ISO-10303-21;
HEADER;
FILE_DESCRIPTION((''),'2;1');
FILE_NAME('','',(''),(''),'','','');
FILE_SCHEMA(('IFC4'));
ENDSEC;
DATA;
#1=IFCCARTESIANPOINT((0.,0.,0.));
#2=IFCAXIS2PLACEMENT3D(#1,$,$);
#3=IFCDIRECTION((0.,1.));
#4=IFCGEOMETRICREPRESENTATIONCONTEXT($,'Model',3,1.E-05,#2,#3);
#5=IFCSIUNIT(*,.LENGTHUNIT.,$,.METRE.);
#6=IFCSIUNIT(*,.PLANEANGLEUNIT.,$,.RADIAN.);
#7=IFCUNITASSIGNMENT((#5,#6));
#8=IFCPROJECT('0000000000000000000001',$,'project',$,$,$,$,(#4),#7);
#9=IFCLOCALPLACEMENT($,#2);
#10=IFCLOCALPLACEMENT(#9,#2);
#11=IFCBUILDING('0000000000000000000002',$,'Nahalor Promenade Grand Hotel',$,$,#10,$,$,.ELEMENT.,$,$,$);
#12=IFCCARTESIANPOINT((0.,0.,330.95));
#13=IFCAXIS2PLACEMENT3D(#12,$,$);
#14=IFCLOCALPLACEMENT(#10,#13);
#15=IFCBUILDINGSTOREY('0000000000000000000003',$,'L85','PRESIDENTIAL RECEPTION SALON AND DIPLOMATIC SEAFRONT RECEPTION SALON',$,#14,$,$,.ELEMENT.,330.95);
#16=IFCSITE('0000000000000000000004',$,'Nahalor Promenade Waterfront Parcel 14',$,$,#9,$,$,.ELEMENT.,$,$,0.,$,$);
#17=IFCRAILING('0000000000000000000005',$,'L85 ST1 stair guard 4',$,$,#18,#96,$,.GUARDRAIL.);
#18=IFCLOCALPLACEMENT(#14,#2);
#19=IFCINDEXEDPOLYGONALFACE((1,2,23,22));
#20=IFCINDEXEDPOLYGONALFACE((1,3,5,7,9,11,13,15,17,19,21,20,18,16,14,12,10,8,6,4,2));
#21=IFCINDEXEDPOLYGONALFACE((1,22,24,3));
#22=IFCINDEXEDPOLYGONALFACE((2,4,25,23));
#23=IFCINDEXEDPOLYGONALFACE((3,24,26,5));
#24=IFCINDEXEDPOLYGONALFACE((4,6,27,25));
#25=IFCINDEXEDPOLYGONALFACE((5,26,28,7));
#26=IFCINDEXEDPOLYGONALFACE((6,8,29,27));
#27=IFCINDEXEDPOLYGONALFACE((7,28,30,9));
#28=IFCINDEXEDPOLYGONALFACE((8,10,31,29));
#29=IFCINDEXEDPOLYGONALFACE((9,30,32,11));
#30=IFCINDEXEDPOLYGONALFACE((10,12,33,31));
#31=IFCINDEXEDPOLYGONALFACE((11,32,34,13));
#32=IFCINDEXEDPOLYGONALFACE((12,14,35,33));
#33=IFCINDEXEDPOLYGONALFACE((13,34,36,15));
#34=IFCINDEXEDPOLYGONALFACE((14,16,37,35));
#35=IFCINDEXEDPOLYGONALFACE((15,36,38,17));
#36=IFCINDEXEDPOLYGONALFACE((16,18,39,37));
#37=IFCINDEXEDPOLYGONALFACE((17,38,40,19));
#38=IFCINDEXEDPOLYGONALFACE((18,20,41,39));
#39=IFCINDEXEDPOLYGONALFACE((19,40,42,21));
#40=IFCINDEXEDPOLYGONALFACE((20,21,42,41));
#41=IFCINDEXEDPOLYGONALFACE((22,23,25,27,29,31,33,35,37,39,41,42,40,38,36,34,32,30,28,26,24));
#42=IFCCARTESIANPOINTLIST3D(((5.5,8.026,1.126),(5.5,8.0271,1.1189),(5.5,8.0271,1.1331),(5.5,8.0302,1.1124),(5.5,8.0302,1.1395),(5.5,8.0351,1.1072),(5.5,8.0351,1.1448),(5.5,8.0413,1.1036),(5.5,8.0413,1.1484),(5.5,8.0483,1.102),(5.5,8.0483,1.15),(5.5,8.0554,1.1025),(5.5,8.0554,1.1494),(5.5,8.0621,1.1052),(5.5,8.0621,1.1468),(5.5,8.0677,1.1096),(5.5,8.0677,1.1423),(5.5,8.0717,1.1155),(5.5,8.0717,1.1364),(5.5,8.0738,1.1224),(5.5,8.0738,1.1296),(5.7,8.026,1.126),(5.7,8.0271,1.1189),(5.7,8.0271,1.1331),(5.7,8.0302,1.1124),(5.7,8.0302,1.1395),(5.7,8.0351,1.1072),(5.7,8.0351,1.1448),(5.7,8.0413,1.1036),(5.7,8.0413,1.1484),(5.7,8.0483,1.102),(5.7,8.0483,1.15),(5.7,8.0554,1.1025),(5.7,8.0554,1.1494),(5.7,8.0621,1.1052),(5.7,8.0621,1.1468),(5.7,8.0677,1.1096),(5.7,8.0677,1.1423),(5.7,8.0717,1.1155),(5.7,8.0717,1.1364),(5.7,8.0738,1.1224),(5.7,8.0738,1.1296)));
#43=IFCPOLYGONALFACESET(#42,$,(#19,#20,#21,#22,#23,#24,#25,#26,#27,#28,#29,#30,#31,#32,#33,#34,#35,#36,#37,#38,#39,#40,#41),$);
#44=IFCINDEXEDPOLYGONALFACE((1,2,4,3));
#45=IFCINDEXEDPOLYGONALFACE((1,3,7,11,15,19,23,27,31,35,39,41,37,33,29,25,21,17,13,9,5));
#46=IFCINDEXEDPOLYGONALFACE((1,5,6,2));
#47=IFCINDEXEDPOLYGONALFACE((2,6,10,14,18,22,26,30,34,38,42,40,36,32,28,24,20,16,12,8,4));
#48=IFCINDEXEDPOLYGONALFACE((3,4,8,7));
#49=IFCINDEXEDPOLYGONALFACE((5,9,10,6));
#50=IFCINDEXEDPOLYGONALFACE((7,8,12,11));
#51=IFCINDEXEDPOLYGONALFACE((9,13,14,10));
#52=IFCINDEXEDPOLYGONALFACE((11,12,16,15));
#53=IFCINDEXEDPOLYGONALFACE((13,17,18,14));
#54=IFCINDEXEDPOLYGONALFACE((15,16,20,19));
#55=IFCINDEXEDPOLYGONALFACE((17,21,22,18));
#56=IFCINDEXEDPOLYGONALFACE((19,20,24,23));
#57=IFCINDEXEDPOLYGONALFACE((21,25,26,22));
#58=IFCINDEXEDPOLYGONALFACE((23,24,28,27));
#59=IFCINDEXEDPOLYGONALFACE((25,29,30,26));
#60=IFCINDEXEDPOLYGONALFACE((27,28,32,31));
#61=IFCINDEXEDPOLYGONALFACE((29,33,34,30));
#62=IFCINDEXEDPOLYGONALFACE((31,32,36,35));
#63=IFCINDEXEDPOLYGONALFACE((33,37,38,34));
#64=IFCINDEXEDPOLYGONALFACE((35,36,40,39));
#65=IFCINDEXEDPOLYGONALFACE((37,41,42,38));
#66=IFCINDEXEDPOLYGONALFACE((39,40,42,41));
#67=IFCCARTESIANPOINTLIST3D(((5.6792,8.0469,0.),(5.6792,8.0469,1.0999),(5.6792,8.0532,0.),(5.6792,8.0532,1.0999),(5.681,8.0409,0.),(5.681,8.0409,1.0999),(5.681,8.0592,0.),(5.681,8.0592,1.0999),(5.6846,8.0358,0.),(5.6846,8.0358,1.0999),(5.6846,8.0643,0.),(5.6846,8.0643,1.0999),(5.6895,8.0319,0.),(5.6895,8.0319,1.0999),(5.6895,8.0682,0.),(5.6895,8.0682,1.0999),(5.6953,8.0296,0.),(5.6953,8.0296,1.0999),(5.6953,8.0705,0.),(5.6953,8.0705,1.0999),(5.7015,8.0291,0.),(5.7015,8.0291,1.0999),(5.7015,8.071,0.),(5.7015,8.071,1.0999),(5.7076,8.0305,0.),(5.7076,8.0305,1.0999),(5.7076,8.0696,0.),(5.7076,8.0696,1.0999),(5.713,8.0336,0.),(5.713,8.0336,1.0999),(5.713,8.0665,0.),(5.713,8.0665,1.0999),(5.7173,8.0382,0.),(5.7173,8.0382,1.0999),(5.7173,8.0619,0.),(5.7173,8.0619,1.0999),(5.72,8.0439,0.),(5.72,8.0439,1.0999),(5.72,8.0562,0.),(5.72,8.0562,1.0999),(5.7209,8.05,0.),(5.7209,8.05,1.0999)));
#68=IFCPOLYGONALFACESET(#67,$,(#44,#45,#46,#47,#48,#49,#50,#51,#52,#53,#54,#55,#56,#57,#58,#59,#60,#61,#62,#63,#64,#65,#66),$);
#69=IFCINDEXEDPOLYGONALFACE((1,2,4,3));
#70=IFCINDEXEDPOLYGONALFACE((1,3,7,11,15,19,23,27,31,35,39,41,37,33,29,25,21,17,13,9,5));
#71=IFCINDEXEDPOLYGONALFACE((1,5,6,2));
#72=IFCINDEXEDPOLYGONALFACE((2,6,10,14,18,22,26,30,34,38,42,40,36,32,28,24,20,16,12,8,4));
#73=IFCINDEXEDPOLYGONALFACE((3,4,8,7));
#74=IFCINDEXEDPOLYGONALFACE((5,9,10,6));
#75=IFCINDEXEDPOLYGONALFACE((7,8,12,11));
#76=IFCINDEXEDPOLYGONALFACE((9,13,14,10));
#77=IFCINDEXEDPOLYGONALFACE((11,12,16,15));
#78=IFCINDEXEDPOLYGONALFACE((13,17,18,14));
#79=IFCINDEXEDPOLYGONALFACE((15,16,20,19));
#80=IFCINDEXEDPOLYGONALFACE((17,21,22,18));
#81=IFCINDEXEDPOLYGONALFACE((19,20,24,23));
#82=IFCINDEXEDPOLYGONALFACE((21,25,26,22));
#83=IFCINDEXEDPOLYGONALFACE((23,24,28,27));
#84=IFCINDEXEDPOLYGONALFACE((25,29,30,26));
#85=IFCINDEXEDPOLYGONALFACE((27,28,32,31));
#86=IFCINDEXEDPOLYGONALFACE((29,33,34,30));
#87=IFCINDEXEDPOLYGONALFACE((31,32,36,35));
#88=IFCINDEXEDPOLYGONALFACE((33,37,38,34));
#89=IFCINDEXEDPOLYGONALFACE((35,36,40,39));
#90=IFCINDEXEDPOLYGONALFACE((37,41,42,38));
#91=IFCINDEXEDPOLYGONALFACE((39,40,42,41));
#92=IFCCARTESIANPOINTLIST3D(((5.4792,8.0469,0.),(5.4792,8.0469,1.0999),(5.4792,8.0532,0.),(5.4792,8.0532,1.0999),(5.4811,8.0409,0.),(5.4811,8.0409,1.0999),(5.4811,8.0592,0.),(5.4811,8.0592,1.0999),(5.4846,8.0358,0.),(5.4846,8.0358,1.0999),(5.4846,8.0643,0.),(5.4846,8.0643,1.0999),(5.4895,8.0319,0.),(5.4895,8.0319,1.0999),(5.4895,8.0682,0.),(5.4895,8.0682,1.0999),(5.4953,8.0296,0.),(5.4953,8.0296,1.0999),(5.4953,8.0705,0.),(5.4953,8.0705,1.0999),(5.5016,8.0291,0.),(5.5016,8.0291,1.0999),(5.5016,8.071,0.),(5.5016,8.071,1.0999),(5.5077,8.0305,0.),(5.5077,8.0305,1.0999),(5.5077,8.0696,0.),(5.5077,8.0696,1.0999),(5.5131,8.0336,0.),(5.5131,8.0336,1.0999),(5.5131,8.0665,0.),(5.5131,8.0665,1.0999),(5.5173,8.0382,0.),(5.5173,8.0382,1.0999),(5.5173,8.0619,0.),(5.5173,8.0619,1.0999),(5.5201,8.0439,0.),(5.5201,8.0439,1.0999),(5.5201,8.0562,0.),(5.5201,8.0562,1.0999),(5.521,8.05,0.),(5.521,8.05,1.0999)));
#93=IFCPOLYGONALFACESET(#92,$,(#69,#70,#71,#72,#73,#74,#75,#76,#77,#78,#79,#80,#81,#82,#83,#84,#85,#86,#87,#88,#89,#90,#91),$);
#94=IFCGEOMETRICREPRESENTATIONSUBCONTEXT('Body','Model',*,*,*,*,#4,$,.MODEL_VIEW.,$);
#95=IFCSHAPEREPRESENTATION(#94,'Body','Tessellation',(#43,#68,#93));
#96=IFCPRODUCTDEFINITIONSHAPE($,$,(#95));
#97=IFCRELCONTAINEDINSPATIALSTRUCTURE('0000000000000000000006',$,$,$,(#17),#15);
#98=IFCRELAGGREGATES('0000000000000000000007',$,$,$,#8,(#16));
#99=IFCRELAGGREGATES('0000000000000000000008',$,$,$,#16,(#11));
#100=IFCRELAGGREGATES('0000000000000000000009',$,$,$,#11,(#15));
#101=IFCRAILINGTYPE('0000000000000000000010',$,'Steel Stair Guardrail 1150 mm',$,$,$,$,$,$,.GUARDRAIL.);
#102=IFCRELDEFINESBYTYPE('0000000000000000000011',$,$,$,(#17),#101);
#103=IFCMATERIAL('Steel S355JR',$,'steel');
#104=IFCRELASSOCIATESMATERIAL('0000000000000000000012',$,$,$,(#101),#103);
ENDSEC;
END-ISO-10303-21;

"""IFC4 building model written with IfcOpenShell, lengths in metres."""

from ifc_helpers import new_model, si_unit, direction, frame, origin, origin_2d, place, context, subcontext, project, spatial, circle, extrude, material, type_object, element, save


model = new_model("IFC4")

# Units and contexts
model_context = context("Model", 3, precision=1e-05, world=origin(), true_north=direction((0.0, 1.0)))
body_context = subcontext(model_context, "Body", "Model", "MODEL_VIEW")
ifc_project = project(units=[si_unit("LENGTHUNIT", "METRE"), si_unit("PLANEANGLEUNIT", "RADIAN")], contexts=[model_context])

# Site, building, storey
site_placement = place(None, origin())
site = spatial("IfcSite", under=ifc_project, at=site_placement, Name="Nahalor Promenade Waterfront Parcel 14", CompositionType="ELEMENT", RefElevation=0.0)
building_placement = place(site_placement, origin())
building = spatial("IfcBuilding", under=site, at=building_placement, Name="Nahalor Promenade Grand Hotel", CompositionType="ELEMENT")
storey_placement = place(building_placement, frame((0.0, 0.0, 330.95)))
storey = spatial("IfcBuildingStorey", under=building, at=storey_placement, Name="L85", Description="PRESIDENTIAL RECEPTION SALON AND DIPLOMATIC SEAFRONT RECEPTION SALON", CompositionType="ELEMENT", Elevation=330.95)

# Shared definitions
ifc_material_1 = material(Name="Steel S355JR", Category="steel")

# Railing
railing_type_1 = type_object("IfcRailingType", Name="Steel Stair Guardrail 1150 mm", PredefinedType="GUARDRAIL", material=ifc_material_1)
railing_1_placement = place(storey_placement, frame((5.7, 8.05, 0.0)))
element("IfcRailing", 1, at=railing_1_placement, inside=storey, type_object=railing_type_1, Name="L85 ST1 stair guard 4", PredefinedType="GUARDRAIL", context=body_context, shape_type="SweptSolid", body=[
    extrude(circle(Radius=0.024, at=origin_2d()), frame((0.0, 0.0, 1.126), z_axis=(-1.0, 0.0, 0.0), x_axis=(0.0, -1.0, 0.0)), (0.0, 0.0, 1.0), 0.2),
    extrude(circle(Radius=0.021, at=origin_2d()), origin(), (0.0, 0.0, 1.0), 1.0999),
    extrude(circle(Radius=0.021, at=origin_2d()), frame((-0.2, 0.0, 0.0)), (0.0, 0.0, 1.0), 1.0999),
])

save(model, "model.ifc")
